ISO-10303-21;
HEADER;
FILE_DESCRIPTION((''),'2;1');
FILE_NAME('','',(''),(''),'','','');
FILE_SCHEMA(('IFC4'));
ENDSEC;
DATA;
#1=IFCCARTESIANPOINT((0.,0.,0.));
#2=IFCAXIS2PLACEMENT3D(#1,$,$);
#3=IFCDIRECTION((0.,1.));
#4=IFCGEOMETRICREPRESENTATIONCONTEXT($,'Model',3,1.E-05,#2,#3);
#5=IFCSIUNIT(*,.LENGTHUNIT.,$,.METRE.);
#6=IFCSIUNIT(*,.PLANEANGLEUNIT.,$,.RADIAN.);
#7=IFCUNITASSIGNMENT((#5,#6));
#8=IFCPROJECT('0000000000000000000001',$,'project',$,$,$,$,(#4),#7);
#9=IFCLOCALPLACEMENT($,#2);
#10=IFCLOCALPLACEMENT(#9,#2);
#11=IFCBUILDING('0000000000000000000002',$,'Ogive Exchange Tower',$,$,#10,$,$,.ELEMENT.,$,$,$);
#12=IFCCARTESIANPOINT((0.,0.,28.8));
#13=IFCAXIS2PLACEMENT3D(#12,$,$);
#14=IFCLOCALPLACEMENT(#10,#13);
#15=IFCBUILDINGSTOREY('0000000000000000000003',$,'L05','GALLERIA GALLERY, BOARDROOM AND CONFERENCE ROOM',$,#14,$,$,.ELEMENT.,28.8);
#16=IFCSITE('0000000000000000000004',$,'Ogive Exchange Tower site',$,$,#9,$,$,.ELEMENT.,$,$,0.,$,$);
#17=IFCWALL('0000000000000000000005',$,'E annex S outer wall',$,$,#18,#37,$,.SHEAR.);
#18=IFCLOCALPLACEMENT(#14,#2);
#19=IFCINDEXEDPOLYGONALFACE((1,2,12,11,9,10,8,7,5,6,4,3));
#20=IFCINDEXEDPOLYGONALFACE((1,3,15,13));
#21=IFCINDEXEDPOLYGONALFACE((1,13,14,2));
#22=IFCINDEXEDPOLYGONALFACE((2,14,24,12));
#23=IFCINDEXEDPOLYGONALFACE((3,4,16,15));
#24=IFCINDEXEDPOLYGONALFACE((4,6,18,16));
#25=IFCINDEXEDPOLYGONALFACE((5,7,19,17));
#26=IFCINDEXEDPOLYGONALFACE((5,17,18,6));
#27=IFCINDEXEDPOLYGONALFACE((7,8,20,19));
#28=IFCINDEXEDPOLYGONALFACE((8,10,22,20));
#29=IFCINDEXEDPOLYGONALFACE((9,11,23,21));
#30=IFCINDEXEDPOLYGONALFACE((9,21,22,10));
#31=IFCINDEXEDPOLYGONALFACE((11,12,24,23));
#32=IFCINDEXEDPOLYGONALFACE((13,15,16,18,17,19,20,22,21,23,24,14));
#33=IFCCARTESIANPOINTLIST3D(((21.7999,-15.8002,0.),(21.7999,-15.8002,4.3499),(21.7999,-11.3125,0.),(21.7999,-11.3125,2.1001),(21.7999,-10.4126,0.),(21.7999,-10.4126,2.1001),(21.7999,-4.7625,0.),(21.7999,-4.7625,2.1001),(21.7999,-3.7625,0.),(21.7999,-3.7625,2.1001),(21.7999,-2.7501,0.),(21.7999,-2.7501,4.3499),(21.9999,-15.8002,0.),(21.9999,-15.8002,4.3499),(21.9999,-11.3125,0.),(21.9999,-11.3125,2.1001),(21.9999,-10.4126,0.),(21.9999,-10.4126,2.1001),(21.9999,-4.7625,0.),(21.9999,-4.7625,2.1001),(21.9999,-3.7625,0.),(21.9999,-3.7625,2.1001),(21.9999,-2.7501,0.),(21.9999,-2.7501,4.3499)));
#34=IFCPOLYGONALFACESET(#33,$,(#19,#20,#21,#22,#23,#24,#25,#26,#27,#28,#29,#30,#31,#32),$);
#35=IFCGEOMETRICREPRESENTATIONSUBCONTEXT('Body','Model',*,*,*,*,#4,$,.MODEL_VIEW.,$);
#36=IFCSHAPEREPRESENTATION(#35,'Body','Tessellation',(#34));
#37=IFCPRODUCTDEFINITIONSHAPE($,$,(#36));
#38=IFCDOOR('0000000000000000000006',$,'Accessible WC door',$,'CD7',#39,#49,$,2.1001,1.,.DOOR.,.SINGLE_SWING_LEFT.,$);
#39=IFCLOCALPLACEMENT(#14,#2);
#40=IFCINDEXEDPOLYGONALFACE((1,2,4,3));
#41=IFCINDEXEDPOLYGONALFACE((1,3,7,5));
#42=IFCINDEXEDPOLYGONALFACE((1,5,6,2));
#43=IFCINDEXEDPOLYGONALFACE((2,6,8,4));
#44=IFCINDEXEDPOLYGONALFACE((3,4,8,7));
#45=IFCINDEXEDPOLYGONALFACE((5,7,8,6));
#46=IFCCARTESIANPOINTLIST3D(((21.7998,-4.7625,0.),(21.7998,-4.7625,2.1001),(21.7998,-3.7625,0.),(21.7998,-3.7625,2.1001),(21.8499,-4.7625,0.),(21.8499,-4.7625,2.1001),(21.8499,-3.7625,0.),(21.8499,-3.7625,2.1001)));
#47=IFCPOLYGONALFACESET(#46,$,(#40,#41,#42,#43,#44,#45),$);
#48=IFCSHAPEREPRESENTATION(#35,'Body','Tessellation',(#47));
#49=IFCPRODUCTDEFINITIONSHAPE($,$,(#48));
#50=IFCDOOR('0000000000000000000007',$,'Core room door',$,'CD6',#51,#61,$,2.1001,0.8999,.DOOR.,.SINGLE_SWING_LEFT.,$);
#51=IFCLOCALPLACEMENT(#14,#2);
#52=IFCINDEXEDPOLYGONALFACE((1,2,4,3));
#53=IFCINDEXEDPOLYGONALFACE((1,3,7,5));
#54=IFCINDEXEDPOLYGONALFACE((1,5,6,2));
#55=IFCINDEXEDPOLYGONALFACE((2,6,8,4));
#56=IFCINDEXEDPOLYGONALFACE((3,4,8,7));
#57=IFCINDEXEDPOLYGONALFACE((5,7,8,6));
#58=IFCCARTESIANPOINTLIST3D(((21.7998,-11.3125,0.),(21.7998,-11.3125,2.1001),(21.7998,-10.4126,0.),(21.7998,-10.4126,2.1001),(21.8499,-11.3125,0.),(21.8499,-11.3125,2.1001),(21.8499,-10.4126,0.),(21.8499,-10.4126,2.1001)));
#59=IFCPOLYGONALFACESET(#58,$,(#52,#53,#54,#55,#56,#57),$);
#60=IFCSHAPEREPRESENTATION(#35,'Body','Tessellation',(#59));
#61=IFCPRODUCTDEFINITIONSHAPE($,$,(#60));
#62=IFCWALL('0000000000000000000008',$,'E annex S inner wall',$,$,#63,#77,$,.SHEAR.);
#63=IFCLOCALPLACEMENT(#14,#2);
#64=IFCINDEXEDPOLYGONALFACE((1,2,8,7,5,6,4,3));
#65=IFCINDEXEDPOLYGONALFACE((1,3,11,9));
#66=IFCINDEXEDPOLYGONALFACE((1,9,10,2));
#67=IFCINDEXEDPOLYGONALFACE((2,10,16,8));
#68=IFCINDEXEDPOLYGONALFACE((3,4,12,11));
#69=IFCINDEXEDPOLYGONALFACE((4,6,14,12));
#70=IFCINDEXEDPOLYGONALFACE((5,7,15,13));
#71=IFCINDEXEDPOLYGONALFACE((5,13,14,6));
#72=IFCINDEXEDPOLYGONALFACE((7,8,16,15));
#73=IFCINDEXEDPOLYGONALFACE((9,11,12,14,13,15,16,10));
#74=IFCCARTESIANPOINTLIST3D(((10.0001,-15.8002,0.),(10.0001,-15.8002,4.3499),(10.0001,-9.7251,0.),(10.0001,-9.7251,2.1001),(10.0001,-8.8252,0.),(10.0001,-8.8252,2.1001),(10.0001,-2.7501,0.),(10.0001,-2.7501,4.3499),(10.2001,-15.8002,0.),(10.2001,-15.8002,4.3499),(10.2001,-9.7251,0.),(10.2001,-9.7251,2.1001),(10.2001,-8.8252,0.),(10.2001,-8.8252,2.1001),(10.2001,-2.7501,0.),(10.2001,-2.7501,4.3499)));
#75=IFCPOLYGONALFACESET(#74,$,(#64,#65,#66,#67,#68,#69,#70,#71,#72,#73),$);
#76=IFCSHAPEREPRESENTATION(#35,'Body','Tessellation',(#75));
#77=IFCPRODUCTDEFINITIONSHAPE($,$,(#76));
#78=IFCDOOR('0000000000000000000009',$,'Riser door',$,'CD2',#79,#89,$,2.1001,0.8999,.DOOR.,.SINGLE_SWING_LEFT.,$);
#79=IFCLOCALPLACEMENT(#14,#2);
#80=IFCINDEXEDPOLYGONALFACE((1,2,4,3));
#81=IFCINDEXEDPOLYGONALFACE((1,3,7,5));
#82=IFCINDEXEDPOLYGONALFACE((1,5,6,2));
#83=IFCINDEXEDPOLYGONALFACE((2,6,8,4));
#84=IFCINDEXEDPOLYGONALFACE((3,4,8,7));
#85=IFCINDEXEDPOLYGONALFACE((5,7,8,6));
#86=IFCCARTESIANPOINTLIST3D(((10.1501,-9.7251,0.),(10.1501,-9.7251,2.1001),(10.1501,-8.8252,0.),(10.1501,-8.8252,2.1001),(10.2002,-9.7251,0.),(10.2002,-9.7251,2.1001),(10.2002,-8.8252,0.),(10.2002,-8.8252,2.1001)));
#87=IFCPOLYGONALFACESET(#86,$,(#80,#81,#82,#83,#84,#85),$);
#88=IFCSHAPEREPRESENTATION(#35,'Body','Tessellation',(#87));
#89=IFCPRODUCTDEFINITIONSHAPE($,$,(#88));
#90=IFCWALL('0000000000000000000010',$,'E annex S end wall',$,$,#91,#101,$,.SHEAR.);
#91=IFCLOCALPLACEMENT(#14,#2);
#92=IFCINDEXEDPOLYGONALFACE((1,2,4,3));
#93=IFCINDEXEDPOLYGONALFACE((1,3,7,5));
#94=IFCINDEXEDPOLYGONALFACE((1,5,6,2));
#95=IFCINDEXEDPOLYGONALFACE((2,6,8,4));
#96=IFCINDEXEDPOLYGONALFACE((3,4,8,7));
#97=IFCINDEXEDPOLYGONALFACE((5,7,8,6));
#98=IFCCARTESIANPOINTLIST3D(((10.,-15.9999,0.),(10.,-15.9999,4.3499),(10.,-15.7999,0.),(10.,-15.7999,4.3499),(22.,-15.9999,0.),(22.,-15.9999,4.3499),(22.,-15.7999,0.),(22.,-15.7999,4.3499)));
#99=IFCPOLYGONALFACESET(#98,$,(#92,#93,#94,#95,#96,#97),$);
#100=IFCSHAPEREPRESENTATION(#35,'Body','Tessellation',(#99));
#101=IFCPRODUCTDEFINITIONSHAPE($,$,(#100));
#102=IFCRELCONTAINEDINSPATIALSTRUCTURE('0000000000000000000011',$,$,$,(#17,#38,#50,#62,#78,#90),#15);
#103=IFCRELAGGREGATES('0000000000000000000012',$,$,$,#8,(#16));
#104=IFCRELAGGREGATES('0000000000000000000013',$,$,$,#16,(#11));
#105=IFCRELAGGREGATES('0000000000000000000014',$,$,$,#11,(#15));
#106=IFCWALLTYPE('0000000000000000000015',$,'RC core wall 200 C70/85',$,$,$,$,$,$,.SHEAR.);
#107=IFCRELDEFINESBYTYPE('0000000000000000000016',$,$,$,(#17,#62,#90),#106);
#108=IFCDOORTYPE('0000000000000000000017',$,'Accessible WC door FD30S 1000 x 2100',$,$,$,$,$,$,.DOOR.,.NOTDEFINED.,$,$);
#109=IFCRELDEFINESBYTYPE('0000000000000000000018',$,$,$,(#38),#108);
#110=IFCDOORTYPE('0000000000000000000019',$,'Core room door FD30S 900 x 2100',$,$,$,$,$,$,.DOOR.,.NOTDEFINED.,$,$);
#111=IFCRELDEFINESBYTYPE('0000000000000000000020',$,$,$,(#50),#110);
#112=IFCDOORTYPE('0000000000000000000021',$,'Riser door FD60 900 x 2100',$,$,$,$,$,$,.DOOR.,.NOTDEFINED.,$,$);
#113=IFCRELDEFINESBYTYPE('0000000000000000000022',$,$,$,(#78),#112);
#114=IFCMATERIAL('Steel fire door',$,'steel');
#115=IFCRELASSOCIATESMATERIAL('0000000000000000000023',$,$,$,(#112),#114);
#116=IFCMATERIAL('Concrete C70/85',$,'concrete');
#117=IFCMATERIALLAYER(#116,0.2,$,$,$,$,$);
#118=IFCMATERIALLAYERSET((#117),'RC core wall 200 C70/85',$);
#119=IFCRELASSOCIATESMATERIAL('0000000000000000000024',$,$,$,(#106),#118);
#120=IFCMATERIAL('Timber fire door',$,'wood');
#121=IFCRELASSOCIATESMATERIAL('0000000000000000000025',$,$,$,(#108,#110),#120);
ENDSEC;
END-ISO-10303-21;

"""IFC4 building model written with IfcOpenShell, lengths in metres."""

from ifc_helpers import new_model, si_unit, direction, frame, frame_2d, origin, place, context, subcontext, project, spatial, rectangle, extrude, material, layer, layer_set, type_object, element, fill, save


model = new_model("IFC4")

# Units and contexts
model_context = context("Model", 3, precision=1e-05, world=origin(), true_north=direction((0.0, 1.0)))
body_context = subcontext(model_context, "Body", "Model", "MODEL_VIEW")
ifc_project = project(units=[si_unit("LENGTHUNIT", "METRE"), si_unit("PLANEANGLEUNIT", "RADIAN")], contexts=[model_context])

# Site, building, storey
site_placement = place(None, origin())
site = spatial("IfcSite", under=ifc_project, at=site_placement, Name="Ogive Exchange Tower site", CompositionType="ELEMENT", RefElevation=0.0)
building_placement = place(site_placement, origin())
building = spatial("IfcBuilding", under=site, at=building_placement, Name="Ogive Exchange Tower", CompositionType="ELEMENT")
storey_placement = place(building_placement, frame((0.0, 0.0, 28.8)))
storey = spatial("IfcBuildingStorey", under=building, at=storey_placement, Name="L05", Description="GALLERIA GALLERY, BOARDROOM AND CONFERENCE ROOM", CompositionType="ELEMENT", Elevation=28.8)

# Shared definitions
ifc_material_1 = material(Name="Concrete C70/85", Category="concrete")

# Shared definitions
ifc_material_2 = material(Name="Steel fire door", Category="steel")
door_type_1 = type_object("IfcDoorType", Name="Riser door FD60 900 x 2100", OperationType="NOTDEFINED", PredefinedType="DOOR", material=ifc_material_2)

# Wall, openings, doors
ifc_layer_1 = layer(ifc_material_1, 0.2)
ifc_layer_set_1 = layer_set([ifc_layer_1], Name="RC core wall 200 C70/85")
wall_type_1 = type_object("IfcWallType", Name="RC core wall 200 C70/85", PredefinedType="SHEAR", material=ifc_layer_set_1)
wall_1_placement = place(storey_placement, frame((21.8999, -15.8, 0.0), z_axis=(0.0, 0.0, 1.0), x_axis=(0.0, 1.0, 0.0)))
wall_1 = element("IfcWall", 1, at=wall_1_placement, inside=storey, type_object=wall_type_1, Name="E annex S outer wall", PredefinedType="SHEAR", context=body_context, shape_type="SweptSolid", body=[
    extrude(rectangle(XDim=13.05, YDim=0.2, at=frame_2d((6.5249, 0.0))), origin(), (0.0, 0.0, 1.0), 4.3499),
])
opening_1_placement = place(wall_1_placement, frame((4.4875, 0.0, 0.0)))
opening_1 = element("IfcOpeningElement", 2, at=opening_1_placement, cuts=wall_1, PredefinedType="OPENING", context=body_context, shape_type="SweptSolid", body=[
    extrude(rectangle(XDim=0.8999, YDim=2.1001, at=frame_2d((0.45, 1.05))), frame((0.0, 0.1099, 0.0), z_axis=(0.0, -1.0, 0.0), x_axis=(1.0, 0.0, 0.0)), (0.0, 0.0, 1.0), 0.22),
])
opening_2_placement = place(wall_1_placement, frame((11.0376, 0.0, 0.0)))
opening_2 = element("IfcOpeningElement", 3, at=opening_2_placement, cuts=wall_1, PredefinedType="OPENING", context=body_context, shape_type="SweptSolid", body=[
    extrude(rectangle(XDim=1.0, YDim=2.1001, at=frame_2d((0.5, 1.05))), frame((0.0, 0.1099, 0.0), z_axis=(0.0, -1.0, 0.0), x_axis=(1.0, 0.0, 0.0)), (0.0, 0.0, 1.0), 0.22),
])
ifc_material_3 = material(Name="Timber fire door", Category="wood")
door_type_2 = type_object("IfcDoorType", Name="Accessible WC door FD30S 1000 x 2100", OperationType="NOTDEFINED", PredefinedType="DOOR", material=ifc_material_3)
door_1_placement = place(opening_2_placement, origin())
door_1 = element("IfcDoor", 4, at=door_1_placement, inside=storey, type_object=door_type_2, Name="Accessible WC door", ObjectType="CD7", OperationType="SINGLE_SWING_LEFT", OverallHeight=2.1001, OverallWidth=1.0, PredefinedType="DOOR", context=body_context, shape_type="SweptSolid", body=[
    extrude(rectangle(XDim=1.0, YDim=2.1001, at=frame_2d((0.5, 1.05))), frame((0.0, 0.1001, 0.0), z_axis=(0.0, -1.0, 0.0), x_axis=(1.0, 0.0, 0.0)), (0.0, 0.0, 1.0), 0.05),
])
fill(opening_2, door_1)
door_type_3 = type_object("IfcDoorType", Name="Core room door FD30S 900 x 2100", OperationType="NOTDEFINED", PredefinedType="DOOR", material=ifc_material_3)
door_2_placement = place(opening_1_placement, origin())
door_2 = element("IfcDoor", 5, at=door_2_placement, inside=storey, type_object=door_type_3, Name="Core room door", ObjectType="CD6", OperationType="SINGLE_SWING_LEFT", OverallHeight=2.1001, OverallWidth=0.8999, PredefinedType="DOOR", context=body_context, shape_type="SweptSolid", body=[
    extrude(rectangle(XDim=0.8999, YDim=2.1001, at=frame_2d((0.45, 1.05))), frame((0.0, 0.1001, 0.0), z_axis=(0.0, -1.0, 0.0), x_axis=(1.0, 0.0, 0.0)), (0.0, 0.0, 1.0), 0.05),
])
fill(opening_1, door_2)

# Wall, opening, door
wall_2_placement = place(storey_placement, frame((10.1001, -15.8, 0.0), z_axis=(0.0, 0.0, 1.0), x_axis=(0.0, 1.0, 0.0)))
wall_2 = element("IfcWall", 6, at=wall_2_placement, inside=storey, type_object=wall_type_1, Name="E annex S inner wall", PredefinedType="SHEAR", context=body_context, shape_type="SweptSolid", body=[
    extrude(rectangle(XDim=13.05, YDim=0.2, at=frame_2d((6.5249, 0.0))), origin(), (0.0, 0.0, 1.0), 4.3499),
])
opening_3_placement = place(wall_2_placement, frame((6.075, 0.0, 0.0)))
opening_3 = element("IfcOpeningElement", 7, at=opening_3_placement, cuts=wall_2, PredefinedType="OPENING", context=body_context, shape_type="SweptSolid", body=[
    extrude(rectangle(XDim=0.8999, YDim=2.1001, at=frame_2d((0.45, 1.05))), frame((0.0, 0.1099, 0.0), z_axis=(0.0, -1.0, 0.0), x_axis=(1.0, 0.0, 0.0)), (0.0, 0.0, 1.0), 0.22),
])
door_3_placement = place(opening_3_placement, frame((0.8999, -0.1499, 0.0), z_axis=(0.0, 0.0, 1.0), x_axis=(-1.0, 0.0, 0.0)))
door_3 = element("IfcDoor", 8, at=door_3_placement, inside=storey, type_object=door_type_1, Name="Riser door", ObjectType="CD2", OperationType="SINGLE_SWING_LEFT", OverallHeight=2.1001, OverallWidth=0.8999, PredefinedType="DOOR", context=body_context, shape_type="SweptSolid", body=[
    extrude(rectangle(XDim=0.8999, YDim=2.1001, at=frame_2d((0.45, 1.05))), frame((0.0, -0.0498, 0.0), z_axis=(0.0, -1.0, 0.0), x_axis=(1.0, 0.0, 0.0)), (0.0, 0.0, 1.0), 0.05),
])
fill(opening_3, door_3)

# Wall
wall_3_placement = place(storey_placement, frame((10.0, -15.8999, 0.0), z_axis=(0.0, 0.0, 1.0), x_axis=(1.0, 0.0, 0.0)))
element("IfcWall", 9, at=wall_3_placement, inside=storey, type_object=wall_type_1, Name="E annex S end wall", PredefinedType="SHEAR", context=body_context, shape_type="SweptSolid", body=[
    extrude(rectangle(XDim=12.0, YDim=0.2, at=frame_2d((6.0, 0.0))), origin(), (0.0, 0.0, 1.0), 4.3499),
])

save(model, "model.ifc")
